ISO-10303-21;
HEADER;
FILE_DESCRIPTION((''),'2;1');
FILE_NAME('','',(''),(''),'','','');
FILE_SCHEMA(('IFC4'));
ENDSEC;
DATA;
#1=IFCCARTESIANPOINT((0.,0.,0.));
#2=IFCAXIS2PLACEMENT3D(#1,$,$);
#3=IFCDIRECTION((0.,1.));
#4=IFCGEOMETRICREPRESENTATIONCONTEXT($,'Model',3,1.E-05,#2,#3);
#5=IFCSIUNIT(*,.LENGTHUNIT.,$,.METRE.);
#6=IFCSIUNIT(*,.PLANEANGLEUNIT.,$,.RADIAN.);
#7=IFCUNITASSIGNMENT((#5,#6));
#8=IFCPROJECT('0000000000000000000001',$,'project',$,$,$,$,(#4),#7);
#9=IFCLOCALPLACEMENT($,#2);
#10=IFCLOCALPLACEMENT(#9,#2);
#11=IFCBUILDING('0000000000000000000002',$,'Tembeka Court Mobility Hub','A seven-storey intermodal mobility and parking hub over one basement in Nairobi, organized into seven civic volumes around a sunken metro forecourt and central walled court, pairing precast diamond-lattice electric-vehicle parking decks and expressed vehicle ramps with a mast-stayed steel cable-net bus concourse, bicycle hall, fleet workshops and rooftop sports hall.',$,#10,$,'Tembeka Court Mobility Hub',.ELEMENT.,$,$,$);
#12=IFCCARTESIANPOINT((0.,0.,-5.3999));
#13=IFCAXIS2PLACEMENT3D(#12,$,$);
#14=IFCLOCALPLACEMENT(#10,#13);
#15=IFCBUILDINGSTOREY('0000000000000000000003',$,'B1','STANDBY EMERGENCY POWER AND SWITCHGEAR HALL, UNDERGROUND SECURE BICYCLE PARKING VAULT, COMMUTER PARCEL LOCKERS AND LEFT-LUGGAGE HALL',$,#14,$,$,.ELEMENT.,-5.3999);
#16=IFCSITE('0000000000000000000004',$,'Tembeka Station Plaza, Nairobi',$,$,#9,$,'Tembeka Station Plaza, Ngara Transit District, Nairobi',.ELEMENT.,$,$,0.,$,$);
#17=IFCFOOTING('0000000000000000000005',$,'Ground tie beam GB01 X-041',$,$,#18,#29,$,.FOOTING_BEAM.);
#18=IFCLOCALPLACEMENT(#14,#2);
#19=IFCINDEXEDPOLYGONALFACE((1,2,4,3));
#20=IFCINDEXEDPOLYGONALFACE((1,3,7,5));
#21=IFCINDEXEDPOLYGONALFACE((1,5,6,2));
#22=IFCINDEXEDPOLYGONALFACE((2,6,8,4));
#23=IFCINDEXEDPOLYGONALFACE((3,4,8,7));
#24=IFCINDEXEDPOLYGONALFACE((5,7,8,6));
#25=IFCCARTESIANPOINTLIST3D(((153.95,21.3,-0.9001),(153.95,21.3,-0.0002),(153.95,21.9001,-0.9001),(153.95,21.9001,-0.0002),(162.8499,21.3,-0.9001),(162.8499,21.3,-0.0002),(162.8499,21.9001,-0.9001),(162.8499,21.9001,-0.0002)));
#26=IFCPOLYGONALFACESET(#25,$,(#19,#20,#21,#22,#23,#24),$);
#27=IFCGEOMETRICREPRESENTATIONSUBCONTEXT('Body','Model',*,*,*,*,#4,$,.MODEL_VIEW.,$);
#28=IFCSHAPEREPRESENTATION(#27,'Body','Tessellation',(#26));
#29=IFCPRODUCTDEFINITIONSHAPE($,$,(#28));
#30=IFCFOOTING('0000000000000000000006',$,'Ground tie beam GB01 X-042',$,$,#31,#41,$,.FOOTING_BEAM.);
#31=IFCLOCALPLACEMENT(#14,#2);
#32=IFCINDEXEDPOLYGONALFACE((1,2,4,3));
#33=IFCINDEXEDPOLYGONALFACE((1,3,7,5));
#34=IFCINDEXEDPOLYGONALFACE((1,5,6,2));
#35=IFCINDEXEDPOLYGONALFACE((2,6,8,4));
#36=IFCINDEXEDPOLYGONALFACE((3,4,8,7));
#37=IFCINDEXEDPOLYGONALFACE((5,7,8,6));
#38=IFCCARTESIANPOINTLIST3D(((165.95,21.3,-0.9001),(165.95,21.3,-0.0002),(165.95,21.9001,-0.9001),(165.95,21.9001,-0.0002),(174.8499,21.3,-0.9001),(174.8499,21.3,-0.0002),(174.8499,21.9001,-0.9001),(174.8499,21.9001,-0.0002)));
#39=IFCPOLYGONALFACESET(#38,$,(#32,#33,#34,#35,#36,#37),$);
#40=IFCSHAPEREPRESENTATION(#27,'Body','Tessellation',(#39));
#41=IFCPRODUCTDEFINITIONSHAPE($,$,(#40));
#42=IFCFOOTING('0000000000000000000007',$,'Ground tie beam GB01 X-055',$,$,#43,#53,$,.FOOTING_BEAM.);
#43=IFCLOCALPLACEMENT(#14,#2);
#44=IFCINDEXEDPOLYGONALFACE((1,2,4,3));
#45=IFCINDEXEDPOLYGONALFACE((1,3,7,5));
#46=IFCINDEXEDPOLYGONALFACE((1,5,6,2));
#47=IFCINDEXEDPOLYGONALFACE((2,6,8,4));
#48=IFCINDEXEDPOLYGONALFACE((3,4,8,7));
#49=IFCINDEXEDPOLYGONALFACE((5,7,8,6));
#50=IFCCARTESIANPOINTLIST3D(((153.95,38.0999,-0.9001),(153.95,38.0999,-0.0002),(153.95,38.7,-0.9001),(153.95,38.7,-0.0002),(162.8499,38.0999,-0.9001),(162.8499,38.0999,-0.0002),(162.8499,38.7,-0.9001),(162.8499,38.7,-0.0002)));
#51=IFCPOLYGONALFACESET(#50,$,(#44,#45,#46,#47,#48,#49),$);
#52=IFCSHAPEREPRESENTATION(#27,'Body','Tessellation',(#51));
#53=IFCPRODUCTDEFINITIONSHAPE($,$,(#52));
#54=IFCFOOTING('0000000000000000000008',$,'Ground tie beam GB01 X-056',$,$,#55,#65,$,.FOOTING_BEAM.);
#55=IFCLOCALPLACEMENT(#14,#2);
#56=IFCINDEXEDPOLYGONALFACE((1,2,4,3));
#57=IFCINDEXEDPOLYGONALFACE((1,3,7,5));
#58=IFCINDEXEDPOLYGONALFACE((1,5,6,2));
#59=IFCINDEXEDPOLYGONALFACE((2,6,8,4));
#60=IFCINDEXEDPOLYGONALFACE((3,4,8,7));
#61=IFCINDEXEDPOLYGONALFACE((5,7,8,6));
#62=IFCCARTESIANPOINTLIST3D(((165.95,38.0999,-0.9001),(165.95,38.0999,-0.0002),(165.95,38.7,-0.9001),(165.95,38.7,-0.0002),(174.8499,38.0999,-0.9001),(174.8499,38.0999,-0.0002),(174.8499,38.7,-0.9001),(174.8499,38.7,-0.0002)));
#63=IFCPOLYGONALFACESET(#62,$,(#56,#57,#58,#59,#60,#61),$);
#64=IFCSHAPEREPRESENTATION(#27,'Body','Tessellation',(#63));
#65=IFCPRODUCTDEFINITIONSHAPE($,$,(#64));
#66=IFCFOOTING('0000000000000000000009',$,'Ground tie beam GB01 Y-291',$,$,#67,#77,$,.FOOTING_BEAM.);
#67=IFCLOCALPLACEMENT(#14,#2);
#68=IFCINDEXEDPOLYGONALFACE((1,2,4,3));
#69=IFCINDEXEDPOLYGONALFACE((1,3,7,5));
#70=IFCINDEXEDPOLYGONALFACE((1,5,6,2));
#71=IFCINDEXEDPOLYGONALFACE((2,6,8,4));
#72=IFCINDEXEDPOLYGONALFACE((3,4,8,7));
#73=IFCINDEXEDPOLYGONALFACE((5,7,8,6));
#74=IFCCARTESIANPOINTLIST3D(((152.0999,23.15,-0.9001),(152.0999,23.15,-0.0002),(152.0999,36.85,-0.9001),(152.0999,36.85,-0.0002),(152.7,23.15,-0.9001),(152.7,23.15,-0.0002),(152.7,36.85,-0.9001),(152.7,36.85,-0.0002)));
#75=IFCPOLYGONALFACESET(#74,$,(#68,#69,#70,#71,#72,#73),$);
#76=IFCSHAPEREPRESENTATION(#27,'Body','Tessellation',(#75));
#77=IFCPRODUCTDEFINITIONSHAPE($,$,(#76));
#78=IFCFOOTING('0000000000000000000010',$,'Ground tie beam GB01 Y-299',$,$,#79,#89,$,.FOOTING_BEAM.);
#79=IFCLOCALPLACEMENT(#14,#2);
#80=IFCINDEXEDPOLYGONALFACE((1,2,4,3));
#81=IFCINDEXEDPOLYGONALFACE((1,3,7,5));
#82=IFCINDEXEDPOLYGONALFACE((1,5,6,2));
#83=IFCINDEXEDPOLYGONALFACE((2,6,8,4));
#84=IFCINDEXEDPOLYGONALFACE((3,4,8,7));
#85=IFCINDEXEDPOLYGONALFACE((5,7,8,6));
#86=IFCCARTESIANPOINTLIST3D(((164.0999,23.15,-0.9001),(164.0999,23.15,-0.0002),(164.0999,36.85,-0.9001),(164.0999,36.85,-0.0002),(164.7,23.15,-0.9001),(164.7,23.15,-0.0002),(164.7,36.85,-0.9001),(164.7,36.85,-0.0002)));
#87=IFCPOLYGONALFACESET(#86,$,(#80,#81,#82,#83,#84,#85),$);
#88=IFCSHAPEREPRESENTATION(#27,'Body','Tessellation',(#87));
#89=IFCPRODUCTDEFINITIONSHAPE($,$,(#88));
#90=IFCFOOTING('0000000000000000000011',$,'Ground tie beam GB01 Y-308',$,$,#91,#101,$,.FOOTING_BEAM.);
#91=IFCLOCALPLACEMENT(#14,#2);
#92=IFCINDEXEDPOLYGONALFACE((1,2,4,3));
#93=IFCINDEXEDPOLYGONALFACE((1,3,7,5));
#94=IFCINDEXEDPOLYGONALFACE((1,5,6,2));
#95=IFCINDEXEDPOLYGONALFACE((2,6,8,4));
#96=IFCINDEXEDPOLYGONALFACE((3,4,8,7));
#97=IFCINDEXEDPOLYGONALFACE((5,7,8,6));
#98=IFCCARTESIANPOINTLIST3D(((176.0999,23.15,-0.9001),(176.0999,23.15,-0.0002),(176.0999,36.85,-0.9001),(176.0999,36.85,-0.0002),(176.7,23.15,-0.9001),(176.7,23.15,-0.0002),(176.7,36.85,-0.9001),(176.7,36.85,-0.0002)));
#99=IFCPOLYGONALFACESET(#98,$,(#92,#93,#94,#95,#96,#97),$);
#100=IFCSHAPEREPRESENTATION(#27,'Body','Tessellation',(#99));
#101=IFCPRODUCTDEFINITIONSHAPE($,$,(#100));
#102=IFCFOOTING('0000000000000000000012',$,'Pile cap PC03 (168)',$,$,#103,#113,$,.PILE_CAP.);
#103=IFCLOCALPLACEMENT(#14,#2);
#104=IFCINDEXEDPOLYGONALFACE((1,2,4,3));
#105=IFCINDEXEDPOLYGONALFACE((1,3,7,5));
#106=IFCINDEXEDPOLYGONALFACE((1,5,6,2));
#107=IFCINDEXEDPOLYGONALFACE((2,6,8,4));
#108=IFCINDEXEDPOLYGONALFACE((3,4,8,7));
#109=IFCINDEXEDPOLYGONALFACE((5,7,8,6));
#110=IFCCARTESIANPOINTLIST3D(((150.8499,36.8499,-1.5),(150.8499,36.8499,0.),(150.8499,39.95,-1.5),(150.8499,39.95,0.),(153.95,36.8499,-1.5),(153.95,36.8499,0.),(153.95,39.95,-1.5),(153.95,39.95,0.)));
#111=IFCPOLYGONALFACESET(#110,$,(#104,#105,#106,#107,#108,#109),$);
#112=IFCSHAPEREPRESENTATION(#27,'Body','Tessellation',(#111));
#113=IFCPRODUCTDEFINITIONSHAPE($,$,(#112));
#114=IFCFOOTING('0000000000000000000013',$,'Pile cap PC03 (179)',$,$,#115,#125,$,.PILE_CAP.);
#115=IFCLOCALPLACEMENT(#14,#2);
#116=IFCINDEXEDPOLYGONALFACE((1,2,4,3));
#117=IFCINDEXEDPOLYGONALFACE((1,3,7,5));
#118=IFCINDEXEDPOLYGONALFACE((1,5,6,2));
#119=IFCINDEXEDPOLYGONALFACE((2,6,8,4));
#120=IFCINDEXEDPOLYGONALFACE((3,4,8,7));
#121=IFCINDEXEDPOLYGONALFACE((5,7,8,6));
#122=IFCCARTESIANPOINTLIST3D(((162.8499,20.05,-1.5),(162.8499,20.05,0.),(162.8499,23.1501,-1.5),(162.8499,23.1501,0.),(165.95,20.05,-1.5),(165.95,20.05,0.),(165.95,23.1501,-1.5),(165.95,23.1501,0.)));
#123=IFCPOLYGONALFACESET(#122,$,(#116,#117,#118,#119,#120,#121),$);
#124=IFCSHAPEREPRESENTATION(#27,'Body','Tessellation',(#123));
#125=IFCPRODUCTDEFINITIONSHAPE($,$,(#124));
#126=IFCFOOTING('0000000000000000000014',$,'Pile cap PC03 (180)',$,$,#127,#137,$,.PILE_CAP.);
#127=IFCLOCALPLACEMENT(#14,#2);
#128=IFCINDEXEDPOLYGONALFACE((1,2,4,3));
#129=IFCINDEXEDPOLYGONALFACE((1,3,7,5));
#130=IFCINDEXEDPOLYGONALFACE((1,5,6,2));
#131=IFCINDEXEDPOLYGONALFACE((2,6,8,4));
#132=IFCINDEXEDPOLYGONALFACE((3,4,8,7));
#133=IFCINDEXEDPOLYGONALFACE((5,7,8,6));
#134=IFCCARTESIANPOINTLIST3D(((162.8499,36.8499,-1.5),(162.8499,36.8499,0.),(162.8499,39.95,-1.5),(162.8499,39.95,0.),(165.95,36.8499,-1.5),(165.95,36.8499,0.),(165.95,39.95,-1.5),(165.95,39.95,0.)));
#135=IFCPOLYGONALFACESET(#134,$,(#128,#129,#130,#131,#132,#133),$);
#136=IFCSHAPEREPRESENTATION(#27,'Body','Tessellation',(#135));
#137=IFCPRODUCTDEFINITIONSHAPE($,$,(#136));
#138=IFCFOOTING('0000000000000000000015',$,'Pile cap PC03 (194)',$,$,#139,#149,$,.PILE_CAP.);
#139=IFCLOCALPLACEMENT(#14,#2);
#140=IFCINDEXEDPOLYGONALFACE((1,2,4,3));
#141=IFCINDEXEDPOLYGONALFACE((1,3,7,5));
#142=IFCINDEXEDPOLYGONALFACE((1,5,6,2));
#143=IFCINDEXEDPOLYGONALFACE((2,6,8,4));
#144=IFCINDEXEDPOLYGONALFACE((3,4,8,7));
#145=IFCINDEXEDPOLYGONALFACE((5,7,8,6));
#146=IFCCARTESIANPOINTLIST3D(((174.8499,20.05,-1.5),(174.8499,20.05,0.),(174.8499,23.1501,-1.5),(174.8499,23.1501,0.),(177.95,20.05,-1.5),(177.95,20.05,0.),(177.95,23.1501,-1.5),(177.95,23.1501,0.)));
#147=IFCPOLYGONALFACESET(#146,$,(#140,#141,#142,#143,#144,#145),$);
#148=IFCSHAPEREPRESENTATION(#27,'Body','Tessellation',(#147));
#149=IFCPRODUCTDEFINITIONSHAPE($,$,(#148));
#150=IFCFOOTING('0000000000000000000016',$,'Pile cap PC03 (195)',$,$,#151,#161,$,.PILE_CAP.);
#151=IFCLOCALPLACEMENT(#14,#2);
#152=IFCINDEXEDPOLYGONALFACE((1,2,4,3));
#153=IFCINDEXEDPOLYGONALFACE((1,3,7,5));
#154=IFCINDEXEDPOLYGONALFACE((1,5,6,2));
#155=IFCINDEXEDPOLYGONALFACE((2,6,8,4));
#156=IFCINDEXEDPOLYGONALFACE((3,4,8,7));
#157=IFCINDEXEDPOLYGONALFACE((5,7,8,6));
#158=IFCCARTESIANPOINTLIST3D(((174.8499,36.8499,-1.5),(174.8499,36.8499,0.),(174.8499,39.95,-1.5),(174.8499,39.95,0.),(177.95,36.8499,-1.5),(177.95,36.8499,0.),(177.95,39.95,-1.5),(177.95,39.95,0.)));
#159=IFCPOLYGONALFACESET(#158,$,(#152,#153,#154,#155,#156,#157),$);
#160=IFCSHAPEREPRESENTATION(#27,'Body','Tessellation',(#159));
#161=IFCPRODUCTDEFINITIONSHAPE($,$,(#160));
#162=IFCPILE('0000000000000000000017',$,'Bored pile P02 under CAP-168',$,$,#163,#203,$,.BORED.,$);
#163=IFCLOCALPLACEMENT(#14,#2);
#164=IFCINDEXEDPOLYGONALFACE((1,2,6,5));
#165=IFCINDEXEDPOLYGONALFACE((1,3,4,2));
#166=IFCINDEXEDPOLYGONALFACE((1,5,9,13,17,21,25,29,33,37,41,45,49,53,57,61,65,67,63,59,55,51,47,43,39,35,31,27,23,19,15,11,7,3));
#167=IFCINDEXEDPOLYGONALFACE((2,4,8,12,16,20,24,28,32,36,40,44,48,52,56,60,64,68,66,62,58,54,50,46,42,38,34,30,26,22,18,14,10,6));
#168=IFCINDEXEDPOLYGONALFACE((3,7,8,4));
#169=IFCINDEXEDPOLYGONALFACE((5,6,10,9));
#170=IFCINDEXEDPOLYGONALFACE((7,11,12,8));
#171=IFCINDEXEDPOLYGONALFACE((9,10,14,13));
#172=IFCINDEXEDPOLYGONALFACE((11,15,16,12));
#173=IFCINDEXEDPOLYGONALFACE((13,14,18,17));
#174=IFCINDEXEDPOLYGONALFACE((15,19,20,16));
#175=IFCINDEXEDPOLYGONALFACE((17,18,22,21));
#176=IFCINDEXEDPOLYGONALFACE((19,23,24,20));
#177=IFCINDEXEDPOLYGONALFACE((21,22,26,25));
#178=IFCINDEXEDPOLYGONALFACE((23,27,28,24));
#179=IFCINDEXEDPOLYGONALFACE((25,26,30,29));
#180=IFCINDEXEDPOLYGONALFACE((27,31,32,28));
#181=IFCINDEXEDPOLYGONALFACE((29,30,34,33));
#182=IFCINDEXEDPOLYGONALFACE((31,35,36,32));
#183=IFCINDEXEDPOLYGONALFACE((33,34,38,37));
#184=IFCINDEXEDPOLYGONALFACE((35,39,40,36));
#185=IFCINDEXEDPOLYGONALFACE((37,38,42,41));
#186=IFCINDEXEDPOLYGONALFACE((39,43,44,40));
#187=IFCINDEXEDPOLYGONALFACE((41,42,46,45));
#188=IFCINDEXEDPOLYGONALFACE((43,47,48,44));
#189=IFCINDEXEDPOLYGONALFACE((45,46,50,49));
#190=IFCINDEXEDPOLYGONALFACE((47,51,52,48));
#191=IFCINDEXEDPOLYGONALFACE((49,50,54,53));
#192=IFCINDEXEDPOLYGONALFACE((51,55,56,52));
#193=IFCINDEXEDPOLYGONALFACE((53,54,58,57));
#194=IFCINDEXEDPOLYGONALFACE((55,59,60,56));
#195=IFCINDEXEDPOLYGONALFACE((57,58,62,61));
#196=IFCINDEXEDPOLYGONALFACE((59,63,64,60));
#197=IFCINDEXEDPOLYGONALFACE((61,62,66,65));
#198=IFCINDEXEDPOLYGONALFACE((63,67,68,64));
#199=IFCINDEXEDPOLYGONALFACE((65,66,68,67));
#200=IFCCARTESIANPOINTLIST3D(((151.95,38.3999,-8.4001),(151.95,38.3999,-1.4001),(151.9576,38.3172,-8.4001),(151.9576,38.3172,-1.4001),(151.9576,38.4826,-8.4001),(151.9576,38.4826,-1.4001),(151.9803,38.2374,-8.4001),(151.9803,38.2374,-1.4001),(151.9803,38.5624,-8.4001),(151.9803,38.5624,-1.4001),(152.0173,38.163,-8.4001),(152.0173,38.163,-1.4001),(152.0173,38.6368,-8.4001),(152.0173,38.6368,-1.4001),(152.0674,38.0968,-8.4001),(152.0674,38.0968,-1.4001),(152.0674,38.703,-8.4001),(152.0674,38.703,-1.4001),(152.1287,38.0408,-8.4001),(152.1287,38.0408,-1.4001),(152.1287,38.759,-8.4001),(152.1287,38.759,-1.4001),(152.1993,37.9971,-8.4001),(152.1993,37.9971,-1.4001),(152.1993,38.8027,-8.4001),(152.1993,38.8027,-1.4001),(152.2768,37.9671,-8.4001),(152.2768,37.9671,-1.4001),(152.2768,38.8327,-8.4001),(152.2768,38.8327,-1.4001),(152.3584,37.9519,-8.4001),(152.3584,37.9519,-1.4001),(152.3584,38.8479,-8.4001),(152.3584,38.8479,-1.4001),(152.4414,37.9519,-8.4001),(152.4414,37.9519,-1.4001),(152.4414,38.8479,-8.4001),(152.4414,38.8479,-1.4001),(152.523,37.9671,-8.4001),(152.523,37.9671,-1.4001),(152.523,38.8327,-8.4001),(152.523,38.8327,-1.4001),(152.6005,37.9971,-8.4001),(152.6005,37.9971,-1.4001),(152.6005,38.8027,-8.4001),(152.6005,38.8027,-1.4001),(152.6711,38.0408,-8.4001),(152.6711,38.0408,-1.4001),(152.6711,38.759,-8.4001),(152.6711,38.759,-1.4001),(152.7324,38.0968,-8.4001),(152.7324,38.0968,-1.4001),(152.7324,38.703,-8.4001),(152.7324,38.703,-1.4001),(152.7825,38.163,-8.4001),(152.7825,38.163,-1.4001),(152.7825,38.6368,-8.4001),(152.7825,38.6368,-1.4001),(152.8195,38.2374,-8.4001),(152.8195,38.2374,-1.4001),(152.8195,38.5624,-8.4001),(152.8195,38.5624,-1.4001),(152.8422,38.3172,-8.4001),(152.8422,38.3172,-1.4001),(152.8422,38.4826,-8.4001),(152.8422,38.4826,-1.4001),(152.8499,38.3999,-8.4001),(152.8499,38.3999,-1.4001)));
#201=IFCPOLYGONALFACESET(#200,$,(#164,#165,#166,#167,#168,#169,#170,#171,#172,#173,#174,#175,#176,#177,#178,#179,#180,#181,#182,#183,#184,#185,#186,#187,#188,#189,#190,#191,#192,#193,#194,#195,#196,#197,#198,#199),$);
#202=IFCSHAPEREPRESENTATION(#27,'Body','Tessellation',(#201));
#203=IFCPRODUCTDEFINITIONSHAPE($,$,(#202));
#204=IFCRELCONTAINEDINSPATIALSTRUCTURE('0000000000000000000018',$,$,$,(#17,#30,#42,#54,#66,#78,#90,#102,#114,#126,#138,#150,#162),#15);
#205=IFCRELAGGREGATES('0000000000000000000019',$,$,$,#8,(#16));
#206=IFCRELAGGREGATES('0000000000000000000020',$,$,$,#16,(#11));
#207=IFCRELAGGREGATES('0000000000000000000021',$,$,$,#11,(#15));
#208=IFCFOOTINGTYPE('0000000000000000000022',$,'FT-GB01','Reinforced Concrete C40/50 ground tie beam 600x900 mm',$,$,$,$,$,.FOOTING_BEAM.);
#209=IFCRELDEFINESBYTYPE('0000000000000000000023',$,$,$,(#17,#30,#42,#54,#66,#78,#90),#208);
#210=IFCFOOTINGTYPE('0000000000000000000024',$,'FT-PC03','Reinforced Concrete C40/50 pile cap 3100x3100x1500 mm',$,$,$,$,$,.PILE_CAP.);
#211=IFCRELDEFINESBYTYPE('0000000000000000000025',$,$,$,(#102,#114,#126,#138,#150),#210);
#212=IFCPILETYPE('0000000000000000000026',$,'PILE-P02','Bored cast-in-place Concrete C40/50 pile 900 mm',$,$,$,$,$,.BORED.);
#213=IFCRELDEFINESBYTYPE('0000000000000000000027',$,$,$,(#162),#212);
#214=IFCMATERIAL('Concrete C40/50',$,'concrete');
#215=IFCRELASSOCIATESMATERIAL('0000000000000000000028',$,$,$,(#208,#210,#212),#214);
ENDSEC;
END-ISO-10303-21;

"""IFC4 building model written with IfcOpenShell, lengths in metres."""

from ifc_helpers import new_model, si_unit, direction, frame, origin, origin_2d, place, context, subcontext, project, spatial, rectangle, circle, extrude, material, material_profile, profile_set, type_object, element, save


model = new_model("IFC4")

# Units and contexts
model_context = context("Model", 3, precision=1e-05, world=origin(), true_north=direction((0.0, 1.0)))
body_context = subcontext(model_context, "Body", "Model", "MODEL_VIEW")
ifc_project = project(units=[si_unit("LENGTHUNIT", "METRE"), si_unit("PLANEANGLEUNIT", "RADIAN")], contexts=[model_context])

# Site, building, storey
site_placement = place(None, origin())
site = spatial("IfcSite", under=ifc_project, at=site_placement, Name="Tembeka Station Plaza, Nairobi", LongName="Tembeka Station Plaza, Ngara Transit District, Nairobi", CompositionType="ELEMENT", RefElevation=0.0)
building_placement = place(site_placement, origin())
building = spatial("IfcBuilding", under=site, at=building_placement, Name="Tembeka Court Mobility Hub", Description="A seven-storey intermodal mobility and parking hub over one basement in Nairobi, organized into seven civic volumes around a sunken metro forecourt and central walled court, pairing precast diamond-lattice electric-vehicle parking decks and expressed vehicle ramps with a mast-stayed steel cable-net bus concourse, bicycle hall, fleet workshops and rooftop sports hall.", LongName="Tembeka Court Mobility Hub", CompositionType="ELEMENT")
storey_placement = place(building_placement, frame((0.0, 0.0, -5.3999)))
storey = spatial("IfcBuildingStorey", under=building, at=storey_placement, Name="B1", Description="STANDBY EMERGENCY POWER AND SWITCHGEAR HALL, UNDERGROUND SECURE BICYCLE PARKING VAULT, COMMUTER PARCEL LOCKERS AND LEFT-LUGGAGE HALL", CompositionType="ELEMENT", Elevation=-5.3999)

# Footings
ifc_material_1 = material(Name="Concrete C40/50", Category="concrete")
footing_type_1 = type_object("IfcFootingType", Name="FT-GB01", Description="Reinforced Concrete C40/50 ground tie beam 600x900 mm", PredefinedType="FOOTING_BEAM", material=ifc_material_1)
for number, where, z_axis, x_axis, name in (
    (1, (158.3999, 21.6001, -0.9001), (0.0, 0.0, 1.0), (1.0, 0.0, 0.0), "Ground tie beam GB01 X-041"),
    (2, (170.3999, 21.6001, -0.9001), (0.0, 0.0, 1.0), (1.0, 0.0, 0.0), "Ground tie beam GB01 X-042"),
    (3, (158.3999, 38.3999, -0.9001), (0.0, 0.0, 1.0), (1.0, 0.0, 0.0), "Ground tie beam GB01 X-055"),
    (4, (170.3999, 38.3999, -0.9001), (0.0, 0.0, 1.0), (1.0, 0.0, 0.0), "Ground tie beam GB01 X-056"),
):
    element("IfcFooting", number, at=place(storey_placement, frame(where, z_axis=z_axis, x_axis=x_axis)), inside=storey, type_object=footing_type_1, Name=name, PredefinedType="FOOTING_BEAM", context=body_context, shape_type="SweptSolid", body=[
        extrude(rectangle(XDim=8.8999, YDim=0.6001, at=origin_2d()), origin(), (0.0, 0.0, 1.0), 0.8999),
    ])
for number, where, z_axis, x_axis, name in (
    (5, (152.3999, 30.0, -0.9001), (0.0, 0.0, 1.0), (0.0, 1.0, 0.0), "Ground tie beam GB01 Y-291"),
    (6, (164.3999, 30.0, -0.9001), (0.0, 0.0, 1.0), (0.0, 1.0, 0.0), "Ground tie beam GB01 Y-299"),
    (7, (176.3999, 30.0, -0.9001), (0.0, 0.0, 1.0), (0.0, 1.0, 0.0), "Ground tie beam GB01 Y-308"),
):
    element("IfcFooting", number, at=place(storey_placement, frame(where, z_axis=z_axis, x_axis=x_axis)), inside=storey, type_object=footing_type_1, Name=name, PredefinedType="FOOTING_BEAM", context=body_context, shape_type="SweptSolid", body=[
        extrude(rectangle(XDim=13.7, YDim=0.6001, at=origin_2d()), origin(), (0.0, 0.0, 1.0), 0.8999),
    ])
footing_type_2 = type_object("IfcFootingType", Name="FT-PC03", Description="Reinforced Concrete C40/50 pile cap 3100x3100x1500 mm", PredefinedType="PILE_CAP", material=ifc_material_1)
for number, where, z_axis, x_axis, name in (
    (8, (152.3999, 38.3999, -1.5), (0.0, 0.0, 1.0), (1.0, 0.0, 0.0), "Pile cap PC03 (168)"),
    (9, (164.3999, 21.6001, -1.5), (0.0, 0.0, 1.0), (1.0, 0.0, 0.0), "Pile cap PC03 (179)"),
    (10, (164.3999, 38.3999, -1.5), (0.0, 0.0, 1.0), (1.0, 0.0, 0.0), "Pile cap PC03 (180)"),
    (11, (176.3999, 21.6001, -1.5), (0.0, 0.0, 1.0), (1.0, 0.0, 0.0), "Pile cap PC03 (194)"),
    (12, (176.3999, 38.3999, -1.5), (0.0, 0.0, 1.0), (1.0, 0.0, 0.0), "Pile cap PC03 (195)"),
):
    element("IfcFooting", number, at=place(storey_placement, frame(where, z_axis=z_axis, x_axis=x_axis)), inside=storey, type_object=footing_type_2, Name=name, PredefinedType="PILE_CAP", context=body_context, shape_type="SweptSolid", body=[
        extrude(rectangle(XDim=3.1001, YDim=3.1001, at=origin_2d()), origin(), (0.0, 0.0, 1.0), 1.5),
    ])

# Pile
ifc_material_profile_1 = material_profile(ifc_material_1, circle(Radius=0.45, at=origin_2d()), Name="PILE D900")
ifc_profile_set_1 = profile_set([ifc_material_profile_1], Name="Concrete C40/50")
pile_type = type_object("IfcPileType", Name="PILE-P02", Description="Bored cast-in-place Concrete C40/50 pile 900 mm", PredefinedType="BORED", material=ifc_profile_set_1)
for number, where, z_axis, x_axis, name in (
    (13, (152.3999, 38.3999, -1.4001), (0.0, 0.0, -1.0), (1.0, 0.0, 0.0), "Bored pile P02 under CAP-168"),
):
    element("IfcPile", number, at=place(storey_placement, frame(where, z_axis=z_axis, x_axis=x_axis)), inside=storey, type_object=pile_type, Name=name, PredefinedType="BORED", context=body_context, shape_type="SweptSolid", body=[
        extrude(circle(Radius=0.45, at=origin_2d()), origin(), (0.0, 0.0, 1.0), 7.0),
    ])

save(model, "model.ifc")
